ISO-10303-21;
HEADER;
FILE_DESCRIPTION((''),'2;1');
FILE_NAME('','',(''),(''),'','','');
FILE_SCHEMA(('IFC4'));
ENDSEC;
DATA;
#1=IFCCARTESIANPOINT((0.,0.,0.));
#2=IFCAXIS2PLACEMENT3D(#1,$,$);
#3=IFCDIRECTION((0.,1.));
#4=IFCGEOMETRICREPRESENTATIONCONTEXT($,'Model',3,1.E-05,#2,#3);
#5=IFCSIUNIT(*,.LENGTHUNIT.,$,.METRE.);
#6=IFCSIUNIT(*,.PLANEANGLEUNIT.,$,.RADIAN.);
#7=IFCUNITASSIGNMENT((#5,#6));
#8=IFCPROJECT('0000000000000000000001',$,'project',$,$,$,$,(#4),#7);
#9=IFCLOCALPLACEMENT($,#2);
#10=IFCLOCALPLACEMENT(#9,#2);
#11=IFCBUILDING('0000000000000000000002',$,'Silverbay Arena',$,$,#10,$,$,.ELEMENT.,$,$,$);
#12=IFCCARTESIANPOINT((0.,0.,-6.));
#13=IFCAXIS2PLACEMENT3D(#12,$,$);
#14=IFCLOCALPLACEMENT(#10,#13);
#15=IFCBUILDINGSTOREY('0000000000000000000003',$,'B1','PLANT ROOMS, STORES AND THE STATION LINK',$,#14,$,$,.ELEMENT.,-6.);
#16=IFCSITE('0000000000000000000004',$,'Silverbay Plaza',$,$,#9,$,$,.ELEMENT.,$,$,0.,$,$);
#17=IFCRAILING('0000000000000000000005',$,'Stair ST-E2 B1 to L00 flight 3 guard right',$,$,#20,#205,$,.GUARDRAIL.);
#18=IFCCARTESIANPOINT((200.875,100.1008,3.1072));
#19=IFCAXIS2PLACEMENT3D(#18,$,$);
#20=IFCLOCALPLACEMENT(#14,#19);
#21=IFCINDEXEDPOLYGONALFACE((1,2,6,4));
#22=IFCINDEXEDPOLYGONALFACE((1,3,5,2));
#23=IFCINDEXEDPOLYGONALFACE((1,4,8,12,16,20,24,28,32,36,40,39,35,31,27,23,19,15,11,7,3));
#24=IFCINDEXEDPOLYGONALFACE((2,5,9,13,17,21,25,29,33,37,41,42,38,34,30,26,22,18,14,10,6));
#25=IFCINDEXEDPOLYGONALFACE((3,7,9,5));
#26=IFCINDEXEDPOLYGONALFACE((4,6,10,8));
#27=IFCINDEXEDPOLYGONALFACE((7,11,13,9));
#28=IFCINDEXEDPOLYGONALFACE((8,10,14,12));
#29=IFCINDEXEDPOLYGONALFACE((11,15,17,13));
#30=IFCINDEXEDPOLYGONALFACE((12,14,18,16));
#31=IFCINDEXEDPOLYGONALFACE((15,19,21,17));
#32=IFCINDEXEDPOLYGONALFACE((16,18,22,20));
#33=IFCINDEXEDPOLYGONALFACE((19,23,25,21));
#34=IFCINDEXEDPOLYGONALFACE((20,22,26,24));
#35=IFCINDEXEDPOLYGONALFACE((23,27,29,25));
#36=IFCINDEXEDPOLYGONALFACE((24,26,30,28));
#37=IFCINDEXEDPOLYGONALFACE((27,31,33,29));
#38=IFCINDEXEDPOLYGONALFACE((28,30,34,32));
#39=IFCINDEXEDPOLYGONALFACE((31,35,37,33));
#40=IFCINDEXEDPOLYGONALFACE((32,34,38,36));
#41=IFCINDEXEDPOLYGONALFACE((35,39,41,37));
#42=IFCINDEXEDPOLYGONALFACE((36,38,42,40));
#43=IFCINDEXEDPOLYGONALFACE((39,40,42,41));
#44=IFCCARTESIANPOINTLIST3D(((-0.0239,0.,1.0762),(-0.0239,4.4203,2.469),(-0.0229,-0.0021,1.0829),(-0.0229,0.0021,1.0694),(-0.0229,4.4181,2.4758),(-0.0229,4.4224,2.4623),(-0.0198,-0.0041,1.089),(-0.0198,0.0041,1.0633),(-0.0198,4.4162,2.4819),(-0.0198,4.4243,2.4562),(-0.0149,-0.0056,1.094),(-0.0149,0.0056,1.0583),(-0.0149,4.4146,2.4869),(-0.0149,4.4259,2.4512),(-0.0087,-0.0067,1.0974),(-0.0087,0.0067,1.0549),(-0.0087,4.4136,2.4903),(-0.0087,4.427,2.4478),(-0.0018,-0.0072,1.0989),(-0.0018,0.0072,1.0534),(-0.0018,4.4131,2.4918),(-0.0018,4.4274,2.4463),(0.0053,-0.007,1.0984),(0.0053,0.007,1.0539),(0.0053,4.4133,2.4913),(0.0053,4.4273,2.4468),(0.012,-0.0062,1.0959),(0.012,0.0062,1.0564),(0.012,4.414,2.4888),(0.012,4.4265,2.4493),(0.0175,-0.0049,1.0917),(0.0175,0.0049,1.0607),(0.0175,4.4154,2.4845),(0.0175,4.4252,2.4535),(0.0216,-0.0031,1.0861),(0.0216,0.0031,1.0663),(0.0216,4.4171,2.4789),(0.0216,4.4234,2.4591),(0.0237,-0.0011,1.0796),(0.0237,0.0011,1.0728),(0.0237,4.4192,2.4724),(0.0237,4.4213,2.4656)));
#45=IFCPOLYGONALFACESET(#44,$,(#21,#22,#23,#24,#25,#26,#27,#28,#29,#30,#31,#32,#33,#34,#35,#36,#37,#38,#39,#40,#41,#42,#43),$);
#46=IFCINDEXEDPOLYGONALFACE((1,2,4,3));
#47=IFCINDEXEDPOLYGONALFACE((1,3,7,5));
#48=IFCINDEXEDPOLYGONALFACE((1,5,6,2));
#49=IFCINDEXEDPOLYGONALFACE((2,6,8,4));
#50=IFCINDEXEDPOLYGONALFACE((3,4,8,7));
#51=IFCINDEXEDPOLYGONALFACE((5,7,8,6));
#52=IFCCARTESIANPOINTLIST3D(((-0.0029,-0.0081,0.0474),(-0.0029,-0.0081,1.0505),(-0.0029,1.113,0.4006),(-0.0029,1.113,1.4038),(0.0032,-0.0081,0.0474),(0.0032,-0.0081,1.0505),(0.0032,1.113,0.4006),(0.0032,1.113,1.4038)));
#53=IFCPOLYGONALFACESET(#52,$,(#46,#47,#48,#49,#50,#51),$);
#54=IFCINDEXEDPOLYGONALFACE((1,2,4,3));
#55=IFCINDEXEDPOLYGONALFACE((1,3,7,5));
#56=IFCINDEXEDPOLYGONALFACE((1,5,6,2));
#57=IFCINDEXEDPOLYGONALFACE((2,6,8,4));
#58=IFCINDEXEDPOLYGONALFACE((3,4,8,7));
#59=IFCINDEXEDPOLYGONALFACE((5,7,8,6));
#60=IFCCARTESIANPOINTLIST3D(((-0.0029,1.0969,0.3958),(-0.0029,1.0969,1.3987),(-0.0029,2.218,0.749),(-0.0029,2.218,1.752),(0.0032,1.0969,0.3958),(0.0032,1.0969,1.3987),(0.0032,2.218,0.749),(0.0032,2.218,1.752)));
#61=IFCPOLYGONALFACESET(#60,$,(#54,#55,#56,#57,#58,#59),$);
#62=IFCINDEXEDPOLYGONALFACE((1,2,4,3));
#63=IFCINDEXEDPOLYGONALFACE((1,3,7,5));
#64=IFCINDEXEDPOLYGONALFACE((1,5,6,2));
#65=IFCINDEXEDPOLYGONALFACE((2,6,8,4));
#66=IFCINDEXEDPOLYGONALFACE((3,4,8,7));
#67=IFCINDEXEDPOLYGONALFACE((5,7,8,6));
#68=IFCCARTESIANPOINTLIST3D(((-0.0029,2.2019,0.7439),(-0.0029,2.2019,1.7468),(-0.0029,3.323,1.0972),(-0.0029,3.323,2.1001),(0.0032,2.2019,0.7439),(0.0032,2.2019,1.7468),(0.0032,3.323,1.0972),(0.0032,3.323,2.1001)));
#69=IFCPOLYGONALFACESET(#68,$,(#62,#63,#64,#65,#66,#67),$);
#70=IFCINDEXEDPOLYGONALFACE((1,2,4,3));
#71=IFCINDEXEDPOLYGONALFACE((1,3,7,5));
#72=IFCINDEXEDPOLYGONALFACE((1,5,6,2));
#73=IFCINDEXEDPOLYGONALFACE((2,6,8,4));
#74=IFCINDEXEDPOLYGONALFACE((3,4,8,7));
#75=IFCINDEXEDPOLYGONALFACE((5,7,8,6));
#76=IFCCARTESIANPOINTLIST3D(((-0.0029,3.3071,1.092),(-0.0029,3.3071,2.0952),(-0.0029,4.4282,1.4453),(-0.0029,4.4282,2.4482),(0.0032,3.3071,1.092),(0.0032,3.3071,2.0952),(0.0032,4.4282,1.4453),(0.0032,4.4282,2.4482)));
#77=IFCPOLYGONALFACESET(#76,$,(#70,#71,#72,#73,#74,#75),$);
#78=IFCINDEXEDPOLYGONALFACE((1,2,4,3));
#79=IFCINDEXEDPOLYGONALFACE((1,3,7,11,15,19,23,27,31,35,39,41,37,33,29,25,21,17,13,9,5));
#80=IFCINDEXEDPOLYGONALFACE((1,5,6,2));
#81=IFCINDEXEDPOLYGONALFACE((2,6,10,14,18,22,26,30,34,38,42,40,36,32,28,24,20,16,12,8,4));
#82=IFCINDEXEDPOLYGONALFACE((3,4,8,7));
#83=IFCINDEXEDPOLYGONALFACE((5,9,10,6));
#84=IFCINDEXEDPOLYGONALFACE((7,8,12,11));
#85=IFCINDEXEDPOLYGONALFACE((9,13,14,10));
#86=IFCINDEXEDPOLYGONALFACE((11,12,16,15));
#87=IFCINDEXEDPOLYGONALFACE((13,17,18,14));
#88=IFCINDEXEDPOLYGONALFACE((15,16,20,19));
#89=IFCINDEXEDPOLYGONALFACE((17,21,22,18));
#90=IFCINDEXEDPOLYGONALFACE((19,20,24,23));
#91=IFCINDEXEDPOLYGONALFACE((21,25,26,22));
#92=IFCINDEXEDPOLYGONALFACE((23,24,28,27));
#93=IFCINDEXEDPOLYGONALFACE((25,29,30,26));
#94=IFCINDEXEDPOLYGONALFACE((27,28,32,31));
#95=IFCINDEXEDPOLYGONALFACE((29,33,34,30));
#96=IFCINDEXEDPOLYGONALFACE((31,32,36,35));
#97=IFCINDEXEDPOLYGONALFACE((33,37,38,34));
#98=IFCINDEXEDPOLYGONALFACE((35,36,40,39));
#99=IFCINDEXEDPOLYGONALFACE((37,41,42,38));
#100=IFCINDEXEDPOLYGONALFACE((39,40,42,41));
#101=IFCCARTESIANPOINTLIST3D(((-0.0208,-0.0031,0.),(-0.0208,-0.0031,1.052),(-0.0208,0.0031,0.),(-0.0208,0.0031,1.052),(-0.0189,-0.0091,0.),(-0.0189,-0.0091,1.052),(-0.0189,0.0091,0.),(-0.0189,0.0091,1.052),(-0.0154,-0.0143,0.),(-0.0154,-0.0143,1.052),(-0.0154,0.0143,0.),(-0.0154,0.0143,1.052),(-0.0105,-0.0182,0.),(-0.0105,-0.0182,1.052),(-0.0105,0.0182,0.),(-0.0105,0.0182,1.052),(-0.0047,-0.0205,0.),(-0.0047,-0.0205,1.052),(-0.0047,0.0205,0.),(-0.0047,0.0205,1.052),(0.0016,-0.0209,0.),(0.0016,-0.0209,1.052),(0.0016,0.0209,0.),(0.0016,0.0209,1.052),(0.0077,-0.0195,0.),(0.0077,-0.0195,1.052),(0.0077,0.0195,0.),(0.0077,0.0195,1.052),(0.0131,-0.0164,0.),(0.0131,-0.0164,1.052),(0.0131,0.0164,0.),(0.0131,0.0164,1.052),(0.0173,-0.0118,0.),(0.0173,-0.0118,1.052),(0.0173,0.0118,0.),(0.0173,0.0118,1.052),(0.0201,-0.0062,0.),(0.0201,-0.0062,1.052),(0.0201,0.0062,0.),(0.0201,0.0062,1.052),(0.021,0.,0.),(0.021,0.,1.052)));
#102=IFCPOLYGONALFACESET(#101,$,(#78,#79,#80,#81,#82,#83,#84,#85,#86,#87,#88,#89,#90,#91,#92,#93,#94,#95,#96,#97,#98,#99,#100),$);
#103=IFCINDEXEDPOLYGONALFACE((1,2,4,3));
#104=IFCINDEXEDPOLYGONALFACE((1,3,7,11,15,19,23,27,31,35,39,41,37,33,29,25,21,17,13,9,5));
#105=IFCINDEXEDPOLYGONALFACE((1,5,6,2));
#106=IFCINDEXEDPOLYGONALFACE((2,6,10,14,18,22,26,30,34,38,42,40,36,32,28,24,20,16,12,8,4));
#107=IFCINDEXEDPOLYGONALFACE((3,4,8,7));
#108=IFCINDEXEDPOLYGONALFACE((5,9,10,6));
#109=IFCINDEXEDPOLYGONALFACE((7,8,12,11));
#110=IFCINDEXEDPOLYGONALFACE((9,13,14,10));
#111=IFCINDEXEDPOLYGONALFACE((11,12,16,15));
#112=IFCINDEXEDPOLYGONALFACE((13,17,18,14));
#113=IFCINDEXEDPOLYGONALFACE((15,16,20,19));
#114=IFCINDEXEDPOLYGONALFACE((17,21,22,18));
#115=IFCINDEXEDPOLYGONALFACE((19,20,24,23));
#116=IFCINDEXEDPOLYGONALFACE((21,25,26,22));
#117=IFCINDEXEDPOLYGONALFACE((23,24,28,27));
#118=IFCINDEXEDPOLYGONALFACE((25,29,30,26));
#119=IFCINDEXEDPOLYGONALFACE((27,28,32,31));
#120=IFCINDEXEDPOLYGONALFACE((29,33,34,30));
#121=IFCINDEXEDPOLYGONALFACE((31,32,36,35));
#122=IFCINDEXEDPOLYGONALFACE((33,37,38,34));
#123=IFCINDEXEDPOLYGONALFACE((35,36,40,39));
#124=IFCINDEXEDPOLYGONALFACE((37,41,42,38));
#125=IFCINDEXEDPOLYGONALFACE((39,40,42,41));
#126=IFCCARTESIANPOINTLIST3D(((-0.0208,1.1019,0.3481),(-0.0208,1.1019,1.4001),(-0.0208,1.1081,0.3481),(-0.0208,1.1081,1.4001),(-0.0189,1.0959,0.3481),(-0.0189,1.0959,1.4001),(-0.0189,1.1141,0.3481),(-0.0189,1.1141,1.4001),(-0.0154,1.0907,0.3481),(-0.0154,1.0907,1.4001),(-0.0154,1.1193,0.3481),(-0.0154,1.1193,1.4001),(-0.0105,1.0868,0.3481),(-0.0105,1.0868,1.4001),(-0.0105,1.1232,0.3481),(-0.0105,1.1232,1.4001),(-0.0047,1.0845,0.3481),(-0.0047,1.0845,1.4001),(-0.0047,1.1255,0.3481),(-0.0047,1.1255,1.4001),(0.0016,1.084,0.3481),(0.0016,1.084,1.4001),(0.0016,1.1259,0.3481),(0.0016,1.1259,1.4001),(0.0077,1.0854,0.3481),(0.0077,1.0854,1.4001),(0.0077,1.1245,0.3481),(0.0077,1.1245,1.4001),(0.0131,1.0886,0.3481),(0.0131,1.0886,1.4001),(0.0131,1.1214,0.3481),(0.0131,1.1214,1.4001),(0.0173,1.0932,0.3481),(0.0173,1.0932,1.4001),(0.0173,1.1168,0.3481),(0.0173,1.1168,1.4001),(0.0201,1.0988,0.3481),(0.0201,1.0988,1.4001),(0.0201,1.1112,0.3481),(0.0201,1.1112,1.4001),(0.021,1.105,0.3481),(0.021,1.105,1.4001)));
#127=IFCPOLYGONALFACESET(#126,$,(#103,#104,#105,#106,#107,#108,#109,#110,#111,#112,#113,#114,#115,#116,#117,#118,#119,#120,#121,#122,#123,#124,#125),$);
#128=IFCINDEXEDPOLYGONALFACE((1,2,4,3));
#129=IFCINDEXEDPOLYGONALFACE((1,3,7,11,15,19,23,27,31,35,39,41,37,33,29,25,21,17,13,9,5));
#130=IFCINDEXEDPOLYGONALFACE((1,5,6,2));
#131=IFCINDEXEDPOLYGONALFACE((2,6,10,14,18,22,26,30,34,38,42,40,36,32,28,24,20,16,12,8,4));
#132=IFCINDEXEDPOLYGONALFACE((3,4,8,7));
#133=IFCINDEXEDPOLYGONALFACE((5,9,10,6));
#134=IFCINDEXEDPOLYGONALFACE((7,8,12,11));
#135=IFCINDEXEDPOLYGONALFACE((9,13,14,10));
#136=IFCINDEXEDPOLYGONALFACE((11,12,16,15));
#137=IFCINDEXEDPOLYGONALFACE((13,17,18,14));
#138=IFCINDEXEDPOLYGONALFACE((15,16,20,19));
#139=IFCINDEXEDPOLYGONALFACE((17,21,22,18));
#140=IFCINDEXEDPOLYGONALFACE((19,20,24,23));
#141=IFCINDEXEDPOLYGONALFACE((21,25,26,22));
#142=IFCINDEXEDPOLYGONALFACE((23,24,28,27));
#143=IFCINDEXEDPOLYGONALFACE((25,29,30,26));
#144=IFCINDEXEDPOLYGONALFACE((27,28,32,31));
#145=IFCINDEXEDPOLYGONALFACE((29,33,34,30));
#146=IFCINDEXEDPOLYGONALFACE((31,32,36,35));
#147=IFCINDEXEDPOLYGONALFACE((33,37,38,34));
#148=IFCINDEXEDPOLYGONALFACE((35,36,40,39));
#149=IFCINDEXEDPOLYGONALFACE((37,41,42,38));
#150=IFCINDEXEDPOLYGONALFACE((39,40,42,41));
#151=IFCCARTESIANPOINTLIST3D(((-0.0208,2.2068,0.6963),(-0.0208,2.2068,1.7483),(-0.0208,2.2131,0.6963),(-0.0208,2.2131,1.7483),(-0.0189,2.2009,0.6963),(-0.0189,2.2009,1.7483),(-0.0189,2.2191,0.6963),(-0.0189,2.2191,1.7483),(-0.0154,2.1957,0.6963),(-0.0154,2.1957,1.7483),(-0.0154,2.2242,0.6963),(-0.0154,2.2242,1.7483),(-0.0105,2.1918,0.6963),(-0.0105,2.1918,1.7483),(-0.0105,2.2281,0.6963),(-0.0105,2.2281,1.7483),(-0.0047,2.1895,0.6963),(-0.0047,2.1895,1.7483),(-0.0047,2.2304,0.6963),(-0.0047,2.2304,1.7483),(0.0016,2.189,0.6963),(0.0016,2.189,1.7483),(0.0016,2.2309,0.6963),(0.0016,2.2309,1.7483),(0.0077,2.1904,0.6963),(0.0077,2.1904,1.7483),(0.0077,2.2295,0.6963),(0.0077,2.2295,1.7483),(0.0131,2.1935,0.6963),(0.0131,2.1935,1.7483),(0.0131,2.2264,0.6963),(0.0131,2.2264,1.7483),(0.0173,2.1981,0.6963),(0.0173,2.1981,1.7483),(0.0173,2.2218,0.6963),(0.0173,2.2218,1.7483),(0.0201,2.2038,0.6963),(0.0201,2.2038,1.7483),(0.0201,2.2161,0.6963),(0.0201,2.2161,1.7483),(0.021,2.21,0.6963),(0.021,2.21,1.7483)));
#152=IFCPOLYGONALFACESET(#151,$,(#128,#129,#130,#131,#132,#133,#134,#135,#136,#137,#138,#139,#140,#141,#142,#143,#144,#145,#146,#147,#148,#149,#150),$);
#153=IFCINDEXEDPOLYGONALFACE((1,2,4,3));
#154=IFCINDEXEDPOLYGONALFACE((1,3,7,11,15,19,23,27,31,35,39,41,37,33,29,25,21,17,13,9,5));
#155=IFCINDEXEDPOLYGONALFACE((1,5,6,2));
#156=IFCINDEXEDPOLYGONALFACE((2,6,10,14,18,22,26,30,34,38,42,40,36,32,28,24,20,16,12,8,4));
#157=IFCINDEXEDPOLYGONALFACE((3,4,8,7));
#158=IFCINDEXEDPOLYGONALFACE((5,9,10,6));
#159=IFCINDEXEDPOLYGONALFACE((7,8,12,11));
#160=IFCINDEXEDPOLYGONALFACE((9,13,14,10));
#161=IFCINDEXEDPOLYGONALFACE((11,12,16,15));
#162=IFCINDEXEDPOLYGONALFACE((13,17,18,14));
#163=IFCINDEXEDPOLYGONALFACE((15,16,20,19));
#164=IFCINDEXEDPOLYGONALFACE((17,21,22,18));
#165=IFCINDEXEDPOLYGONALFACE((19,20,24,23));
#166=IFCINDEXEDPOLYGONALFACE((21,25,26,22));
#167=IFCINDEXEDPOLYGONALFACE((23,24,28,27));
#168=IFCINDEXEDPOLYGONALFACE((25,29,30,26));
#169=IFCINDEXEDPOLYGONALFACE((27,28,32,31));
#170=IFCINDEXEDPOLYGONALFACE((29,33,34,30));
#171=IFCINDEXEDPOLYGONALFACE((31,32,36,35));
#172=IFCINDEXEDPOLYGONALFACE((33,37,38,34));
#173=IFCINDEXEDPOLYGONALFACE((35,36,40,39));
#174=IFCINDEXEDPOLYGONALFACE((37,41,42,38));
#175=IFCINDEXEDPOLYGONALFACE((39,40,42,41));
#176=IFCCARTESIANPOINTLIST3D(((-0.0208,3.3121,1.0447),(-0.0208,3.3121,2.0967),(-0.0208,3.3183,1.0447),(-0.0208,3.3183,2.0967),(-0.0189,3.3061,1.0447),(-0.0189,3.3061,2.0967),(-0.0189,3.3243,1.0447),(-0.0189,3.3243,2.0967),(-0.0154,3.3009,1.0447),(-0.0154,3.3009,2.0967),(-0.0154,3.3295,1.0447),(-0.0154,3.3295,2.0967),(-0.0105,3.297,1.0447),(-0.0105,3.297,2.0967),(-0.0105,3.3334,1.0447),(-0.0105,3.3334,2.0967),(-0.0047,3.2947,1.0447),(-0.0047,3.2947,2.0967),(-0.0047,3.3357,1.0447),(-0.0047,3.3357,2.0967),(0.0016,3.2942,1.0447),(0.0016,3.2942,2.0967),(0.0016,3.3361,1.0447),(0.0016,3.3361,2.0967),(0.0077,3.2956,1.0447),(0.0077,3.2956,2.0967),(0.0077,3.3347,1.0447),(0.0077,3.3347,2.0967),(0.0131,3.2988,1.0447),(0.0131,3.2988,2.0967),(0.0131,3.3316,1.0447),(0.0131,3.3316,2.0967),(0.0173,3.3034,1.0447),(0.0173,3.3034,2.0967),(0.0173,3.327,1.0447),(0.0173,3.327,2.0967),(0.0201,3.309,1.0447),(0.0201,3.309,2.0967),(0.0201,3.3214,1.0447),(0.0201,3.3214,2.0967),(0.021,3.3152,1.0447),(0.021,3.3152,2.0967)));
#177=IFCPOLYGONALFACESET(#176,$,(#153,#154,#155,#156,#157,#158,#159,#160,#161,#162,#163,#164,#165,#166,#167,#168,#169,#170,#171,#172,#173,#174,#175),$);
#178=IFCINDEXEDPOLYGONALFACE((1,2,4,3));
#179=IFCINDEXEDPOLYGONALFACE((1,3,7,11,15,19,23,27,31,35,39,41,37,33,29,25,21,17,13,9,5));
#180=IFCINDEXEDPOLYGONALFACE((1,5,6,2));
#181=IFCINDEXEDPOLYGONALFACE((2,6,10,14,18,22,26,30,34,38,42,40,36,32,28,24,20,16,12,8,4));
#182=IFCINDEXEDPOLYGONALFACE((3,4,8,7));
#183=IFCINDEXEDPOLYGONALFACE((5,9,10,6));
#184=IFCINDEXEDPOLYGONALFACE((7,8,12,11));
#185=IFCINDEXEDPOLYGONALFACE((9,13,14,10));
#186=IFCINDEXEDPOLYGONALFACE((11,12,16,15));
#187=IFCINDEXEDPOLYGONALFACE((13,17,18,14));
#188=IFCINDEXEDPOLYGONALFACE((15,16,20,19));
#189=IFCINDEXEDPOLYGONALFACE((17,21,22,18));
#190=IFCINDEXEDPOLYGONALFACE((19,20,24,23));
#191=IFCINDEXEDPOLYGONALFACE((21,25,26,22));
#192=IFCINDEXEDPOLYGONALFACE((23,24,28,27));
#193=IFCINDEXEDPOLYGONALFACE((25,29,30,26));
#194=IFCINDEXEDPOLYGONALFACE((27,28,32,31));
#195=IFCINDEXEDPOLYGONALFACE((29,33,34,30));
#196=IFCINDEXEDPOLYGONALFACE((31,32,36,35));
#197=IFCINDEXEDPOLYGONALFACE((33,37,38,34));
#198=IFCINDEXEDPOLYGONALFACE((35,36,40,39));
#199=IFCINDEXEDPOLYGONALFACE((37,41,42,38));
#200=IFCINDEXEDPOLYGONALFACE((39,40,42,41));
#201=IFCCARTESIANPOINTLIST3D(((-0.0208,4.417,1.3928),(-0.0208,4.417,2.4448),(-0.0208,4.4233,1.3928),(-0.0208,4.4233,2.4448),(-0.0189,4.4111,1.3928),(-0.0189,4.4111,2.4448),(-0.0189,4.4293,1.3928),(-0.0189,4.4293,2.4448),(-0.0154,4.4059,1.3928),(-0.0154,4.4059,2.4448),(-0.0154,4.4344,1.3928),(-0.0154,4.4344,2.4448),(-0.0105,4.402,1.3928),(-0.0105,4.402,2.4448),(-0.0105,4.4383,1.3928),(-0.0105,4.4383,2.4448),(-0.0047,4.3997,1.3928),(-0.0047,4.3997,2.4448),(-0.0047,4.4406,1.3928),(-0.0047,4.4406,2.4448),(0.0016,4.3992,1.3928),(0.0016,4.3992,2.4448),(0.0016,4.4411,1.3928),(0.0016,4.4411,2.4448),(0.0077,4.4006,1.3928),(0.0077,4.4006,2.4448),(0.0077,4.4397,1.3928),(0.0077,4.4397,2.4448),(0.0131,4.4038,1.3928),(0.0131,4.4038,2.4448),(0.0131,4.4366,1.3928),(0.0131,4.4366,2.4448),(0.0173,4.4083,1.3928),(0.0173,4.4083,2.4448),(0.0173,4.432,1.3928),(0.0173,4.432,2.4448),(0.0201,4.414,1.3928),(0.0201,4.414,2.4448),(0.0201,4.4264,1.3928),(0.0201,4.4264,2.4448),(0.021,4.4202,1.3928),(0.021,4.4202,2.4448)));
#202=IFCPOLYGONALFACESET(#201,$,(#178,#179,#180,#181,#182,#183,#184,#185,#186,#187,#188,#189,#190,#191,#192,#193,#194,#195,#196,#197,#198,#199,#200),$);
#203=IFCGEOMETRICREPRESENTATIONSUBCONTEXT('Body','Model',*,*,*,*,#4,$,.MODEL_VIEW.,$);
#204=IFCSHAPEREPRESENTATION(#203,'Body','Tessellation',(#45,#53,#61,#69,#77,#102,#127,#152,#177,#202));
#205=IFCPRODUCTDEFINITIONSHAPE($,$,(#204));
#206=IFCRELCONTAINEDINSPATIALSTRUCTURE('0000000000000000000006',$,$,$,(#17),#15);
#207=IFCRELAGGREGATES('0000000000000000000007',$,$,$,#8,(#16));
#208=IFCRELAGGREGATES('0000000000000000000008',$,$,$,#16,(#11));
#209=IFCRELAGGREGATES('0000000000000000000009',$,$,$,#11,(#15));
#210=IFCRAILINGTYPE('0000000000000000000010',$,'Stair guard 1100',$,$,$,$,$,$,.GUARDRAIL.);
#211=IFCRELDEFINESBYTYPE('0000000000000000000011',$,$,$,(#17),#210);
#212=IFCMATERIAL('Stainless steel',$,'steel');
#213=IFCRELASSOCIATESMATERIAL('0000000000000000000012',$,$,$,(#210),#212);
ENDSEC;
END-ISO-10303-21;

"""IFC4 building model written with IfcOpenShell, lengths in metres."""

from ifc_helpers import new_model, si_unit, direction, frame, origin, origin_2d, place, context, subcontext, project, spatial, polyline, circle, outline, extrude, material, type_object, element, save


model = new_model("IFC4")

# Units and contexts
model_context = context("Model", 3, precision=1e-05, world=origin(), true_north=direction((0.0, 1.0)))
body_context = subcontext(model_context, "Body", "Model", "MODEL_VIEW")
ifc_project = project(units=[si_unit("LENGTHUNIT", "METRE"), si_unit("PLANEANGLEUNIT", "RADIAN")], contexts=[model_context])

# Site, building, storey
site_placement = place(None, origin())
site = spatial("IfcSite", under=ifc_project, at=site_placement, Name="Silverbay Plaza", CompositionType="ELEMENT", RefElevation=0.0)
building_placement = place(site_placement, origin())
building = spatial("IfcBuilding", under=site, at=building_placement, Name="Silverbay Arena", CompositionType="ELEMENT")
storey_placement = place(building_placement, frame((0.0, 0.0, -6.0)))
storey = spatial("IfcBuildingStorey", under=building, at=storey_placement, Name="B1", Description="PLANT ROOMS, STORES AND THE STATION LINK", CompositionType="ELEMENT", Elevation=-6.0)

# Railing
ifc_material_1 = material(Name="Stainless steel", Category="steel")
railing_type_1 = type_object("IfcRailingType", Name="Stair guard 1100", PredefinedType="GUARDRAIL", material=ifc_material_1)
railing_1_placement = place(storey_placement, frame((200.875, 100.1008, 3.1072)))
element("IfcRailing", 1, at=railing_1_placement, inside=storey, type_object=railing_type_1, Name="Stair ST-E2 B1 to L00 flight 3 guard right", PredefinedType="GUARDRAIL", context=body_context, shape_type="SweptSolid", body=[
    extrude(circle(Radius=0.0239, at=origin_2d()), frame((0.0, 0.0, 1.0762), z_axis=(0.0, 0.95377, 0.300539), x_axis=(-1.0, 0.0, 0.0)), (0.0, 0.0, 1.0), 4.6345),
    extrude(outline(polyline([(-0.0081, 0.0474), (1.113, 0.4006), (1.113, 1.4038), (-0.0081, 1.0505), (-0.0081, 0.0474)])), frame((-0.0029, 0.0, 0.0), z_axis=(1.0, 0.0, 0.0), x_axis=(0.0, 1.0, 0.0)), (0.0, 0.0, 1.0), 0.0061),
    extrude(outline(polyline([(-0.0081, 0.3958), (1.113, 0.749), (1.113, 1.752), (-0.0081, 1.3987), (-0.0081, 0.3958)])), frame((-0.0029, 1.105, 0.0), z_axis=(1.0, 0.0, 0.0), x_axis=(0.0, 1.0, 0.0)), (0.0, 0.0, 1.0), 0.0061),
    extrude(outline(polyline([(-0.0081, 0.7439), (1.113, 1.0972), (1.113, 2.1001), (-0.0081, 1.7468), (-0.0081, 0.7439)])), frame((-0.0029, 2.21, 0.0), z_axis=(1.0, 0.0, 0.0), x_axis=(0.0, 1.0, 0.0)), (0.0, 0.0, 1.0), 0.0061),
    extrude(outline(polyline([(-0.0081, 1.092), (1.113, 1.4453), (1.113, 2.4482), (-0.0081, 2.0952), (-0.0081, 1.092)])), frame((-0.0029, 3.3152, 0.0), z_axis=(1.0, 0.0, 0.0), x_axis=(0.0, 1.0, 0.0)), (0.0, 0.0, 1.0), 0.0061),
    extrude(circle(Radius=0.021, at=origin_2d()), origin(), (0.0, 0.0, 1.0), 1.052),
    extrude(circle(Radius=0.021, at=origin_2d()), frame((0.0, 1.105, 0.3481)), (0.0, 0.0, 1.0), 1.052),
    extrude(circle(Radius=0.021, at=origin_2d()), frame((0.0, 2.21, 0.6963)), (0.0, 0.0, 1.0), 1.052),
    extrude(circle(Radius=0.021, at=origin_2d()), frame((0.0, 3.3152, 1.0447)), (0.0, 0.0, 1.0), 1.052),
    extrude(circle(Radius=0.021, at=origin_2d()), frame((0.0, 4.4202, 1.3928)), (0.0, 0.0, 1.0), 1.052),
])

save(model, "model.ifc")
